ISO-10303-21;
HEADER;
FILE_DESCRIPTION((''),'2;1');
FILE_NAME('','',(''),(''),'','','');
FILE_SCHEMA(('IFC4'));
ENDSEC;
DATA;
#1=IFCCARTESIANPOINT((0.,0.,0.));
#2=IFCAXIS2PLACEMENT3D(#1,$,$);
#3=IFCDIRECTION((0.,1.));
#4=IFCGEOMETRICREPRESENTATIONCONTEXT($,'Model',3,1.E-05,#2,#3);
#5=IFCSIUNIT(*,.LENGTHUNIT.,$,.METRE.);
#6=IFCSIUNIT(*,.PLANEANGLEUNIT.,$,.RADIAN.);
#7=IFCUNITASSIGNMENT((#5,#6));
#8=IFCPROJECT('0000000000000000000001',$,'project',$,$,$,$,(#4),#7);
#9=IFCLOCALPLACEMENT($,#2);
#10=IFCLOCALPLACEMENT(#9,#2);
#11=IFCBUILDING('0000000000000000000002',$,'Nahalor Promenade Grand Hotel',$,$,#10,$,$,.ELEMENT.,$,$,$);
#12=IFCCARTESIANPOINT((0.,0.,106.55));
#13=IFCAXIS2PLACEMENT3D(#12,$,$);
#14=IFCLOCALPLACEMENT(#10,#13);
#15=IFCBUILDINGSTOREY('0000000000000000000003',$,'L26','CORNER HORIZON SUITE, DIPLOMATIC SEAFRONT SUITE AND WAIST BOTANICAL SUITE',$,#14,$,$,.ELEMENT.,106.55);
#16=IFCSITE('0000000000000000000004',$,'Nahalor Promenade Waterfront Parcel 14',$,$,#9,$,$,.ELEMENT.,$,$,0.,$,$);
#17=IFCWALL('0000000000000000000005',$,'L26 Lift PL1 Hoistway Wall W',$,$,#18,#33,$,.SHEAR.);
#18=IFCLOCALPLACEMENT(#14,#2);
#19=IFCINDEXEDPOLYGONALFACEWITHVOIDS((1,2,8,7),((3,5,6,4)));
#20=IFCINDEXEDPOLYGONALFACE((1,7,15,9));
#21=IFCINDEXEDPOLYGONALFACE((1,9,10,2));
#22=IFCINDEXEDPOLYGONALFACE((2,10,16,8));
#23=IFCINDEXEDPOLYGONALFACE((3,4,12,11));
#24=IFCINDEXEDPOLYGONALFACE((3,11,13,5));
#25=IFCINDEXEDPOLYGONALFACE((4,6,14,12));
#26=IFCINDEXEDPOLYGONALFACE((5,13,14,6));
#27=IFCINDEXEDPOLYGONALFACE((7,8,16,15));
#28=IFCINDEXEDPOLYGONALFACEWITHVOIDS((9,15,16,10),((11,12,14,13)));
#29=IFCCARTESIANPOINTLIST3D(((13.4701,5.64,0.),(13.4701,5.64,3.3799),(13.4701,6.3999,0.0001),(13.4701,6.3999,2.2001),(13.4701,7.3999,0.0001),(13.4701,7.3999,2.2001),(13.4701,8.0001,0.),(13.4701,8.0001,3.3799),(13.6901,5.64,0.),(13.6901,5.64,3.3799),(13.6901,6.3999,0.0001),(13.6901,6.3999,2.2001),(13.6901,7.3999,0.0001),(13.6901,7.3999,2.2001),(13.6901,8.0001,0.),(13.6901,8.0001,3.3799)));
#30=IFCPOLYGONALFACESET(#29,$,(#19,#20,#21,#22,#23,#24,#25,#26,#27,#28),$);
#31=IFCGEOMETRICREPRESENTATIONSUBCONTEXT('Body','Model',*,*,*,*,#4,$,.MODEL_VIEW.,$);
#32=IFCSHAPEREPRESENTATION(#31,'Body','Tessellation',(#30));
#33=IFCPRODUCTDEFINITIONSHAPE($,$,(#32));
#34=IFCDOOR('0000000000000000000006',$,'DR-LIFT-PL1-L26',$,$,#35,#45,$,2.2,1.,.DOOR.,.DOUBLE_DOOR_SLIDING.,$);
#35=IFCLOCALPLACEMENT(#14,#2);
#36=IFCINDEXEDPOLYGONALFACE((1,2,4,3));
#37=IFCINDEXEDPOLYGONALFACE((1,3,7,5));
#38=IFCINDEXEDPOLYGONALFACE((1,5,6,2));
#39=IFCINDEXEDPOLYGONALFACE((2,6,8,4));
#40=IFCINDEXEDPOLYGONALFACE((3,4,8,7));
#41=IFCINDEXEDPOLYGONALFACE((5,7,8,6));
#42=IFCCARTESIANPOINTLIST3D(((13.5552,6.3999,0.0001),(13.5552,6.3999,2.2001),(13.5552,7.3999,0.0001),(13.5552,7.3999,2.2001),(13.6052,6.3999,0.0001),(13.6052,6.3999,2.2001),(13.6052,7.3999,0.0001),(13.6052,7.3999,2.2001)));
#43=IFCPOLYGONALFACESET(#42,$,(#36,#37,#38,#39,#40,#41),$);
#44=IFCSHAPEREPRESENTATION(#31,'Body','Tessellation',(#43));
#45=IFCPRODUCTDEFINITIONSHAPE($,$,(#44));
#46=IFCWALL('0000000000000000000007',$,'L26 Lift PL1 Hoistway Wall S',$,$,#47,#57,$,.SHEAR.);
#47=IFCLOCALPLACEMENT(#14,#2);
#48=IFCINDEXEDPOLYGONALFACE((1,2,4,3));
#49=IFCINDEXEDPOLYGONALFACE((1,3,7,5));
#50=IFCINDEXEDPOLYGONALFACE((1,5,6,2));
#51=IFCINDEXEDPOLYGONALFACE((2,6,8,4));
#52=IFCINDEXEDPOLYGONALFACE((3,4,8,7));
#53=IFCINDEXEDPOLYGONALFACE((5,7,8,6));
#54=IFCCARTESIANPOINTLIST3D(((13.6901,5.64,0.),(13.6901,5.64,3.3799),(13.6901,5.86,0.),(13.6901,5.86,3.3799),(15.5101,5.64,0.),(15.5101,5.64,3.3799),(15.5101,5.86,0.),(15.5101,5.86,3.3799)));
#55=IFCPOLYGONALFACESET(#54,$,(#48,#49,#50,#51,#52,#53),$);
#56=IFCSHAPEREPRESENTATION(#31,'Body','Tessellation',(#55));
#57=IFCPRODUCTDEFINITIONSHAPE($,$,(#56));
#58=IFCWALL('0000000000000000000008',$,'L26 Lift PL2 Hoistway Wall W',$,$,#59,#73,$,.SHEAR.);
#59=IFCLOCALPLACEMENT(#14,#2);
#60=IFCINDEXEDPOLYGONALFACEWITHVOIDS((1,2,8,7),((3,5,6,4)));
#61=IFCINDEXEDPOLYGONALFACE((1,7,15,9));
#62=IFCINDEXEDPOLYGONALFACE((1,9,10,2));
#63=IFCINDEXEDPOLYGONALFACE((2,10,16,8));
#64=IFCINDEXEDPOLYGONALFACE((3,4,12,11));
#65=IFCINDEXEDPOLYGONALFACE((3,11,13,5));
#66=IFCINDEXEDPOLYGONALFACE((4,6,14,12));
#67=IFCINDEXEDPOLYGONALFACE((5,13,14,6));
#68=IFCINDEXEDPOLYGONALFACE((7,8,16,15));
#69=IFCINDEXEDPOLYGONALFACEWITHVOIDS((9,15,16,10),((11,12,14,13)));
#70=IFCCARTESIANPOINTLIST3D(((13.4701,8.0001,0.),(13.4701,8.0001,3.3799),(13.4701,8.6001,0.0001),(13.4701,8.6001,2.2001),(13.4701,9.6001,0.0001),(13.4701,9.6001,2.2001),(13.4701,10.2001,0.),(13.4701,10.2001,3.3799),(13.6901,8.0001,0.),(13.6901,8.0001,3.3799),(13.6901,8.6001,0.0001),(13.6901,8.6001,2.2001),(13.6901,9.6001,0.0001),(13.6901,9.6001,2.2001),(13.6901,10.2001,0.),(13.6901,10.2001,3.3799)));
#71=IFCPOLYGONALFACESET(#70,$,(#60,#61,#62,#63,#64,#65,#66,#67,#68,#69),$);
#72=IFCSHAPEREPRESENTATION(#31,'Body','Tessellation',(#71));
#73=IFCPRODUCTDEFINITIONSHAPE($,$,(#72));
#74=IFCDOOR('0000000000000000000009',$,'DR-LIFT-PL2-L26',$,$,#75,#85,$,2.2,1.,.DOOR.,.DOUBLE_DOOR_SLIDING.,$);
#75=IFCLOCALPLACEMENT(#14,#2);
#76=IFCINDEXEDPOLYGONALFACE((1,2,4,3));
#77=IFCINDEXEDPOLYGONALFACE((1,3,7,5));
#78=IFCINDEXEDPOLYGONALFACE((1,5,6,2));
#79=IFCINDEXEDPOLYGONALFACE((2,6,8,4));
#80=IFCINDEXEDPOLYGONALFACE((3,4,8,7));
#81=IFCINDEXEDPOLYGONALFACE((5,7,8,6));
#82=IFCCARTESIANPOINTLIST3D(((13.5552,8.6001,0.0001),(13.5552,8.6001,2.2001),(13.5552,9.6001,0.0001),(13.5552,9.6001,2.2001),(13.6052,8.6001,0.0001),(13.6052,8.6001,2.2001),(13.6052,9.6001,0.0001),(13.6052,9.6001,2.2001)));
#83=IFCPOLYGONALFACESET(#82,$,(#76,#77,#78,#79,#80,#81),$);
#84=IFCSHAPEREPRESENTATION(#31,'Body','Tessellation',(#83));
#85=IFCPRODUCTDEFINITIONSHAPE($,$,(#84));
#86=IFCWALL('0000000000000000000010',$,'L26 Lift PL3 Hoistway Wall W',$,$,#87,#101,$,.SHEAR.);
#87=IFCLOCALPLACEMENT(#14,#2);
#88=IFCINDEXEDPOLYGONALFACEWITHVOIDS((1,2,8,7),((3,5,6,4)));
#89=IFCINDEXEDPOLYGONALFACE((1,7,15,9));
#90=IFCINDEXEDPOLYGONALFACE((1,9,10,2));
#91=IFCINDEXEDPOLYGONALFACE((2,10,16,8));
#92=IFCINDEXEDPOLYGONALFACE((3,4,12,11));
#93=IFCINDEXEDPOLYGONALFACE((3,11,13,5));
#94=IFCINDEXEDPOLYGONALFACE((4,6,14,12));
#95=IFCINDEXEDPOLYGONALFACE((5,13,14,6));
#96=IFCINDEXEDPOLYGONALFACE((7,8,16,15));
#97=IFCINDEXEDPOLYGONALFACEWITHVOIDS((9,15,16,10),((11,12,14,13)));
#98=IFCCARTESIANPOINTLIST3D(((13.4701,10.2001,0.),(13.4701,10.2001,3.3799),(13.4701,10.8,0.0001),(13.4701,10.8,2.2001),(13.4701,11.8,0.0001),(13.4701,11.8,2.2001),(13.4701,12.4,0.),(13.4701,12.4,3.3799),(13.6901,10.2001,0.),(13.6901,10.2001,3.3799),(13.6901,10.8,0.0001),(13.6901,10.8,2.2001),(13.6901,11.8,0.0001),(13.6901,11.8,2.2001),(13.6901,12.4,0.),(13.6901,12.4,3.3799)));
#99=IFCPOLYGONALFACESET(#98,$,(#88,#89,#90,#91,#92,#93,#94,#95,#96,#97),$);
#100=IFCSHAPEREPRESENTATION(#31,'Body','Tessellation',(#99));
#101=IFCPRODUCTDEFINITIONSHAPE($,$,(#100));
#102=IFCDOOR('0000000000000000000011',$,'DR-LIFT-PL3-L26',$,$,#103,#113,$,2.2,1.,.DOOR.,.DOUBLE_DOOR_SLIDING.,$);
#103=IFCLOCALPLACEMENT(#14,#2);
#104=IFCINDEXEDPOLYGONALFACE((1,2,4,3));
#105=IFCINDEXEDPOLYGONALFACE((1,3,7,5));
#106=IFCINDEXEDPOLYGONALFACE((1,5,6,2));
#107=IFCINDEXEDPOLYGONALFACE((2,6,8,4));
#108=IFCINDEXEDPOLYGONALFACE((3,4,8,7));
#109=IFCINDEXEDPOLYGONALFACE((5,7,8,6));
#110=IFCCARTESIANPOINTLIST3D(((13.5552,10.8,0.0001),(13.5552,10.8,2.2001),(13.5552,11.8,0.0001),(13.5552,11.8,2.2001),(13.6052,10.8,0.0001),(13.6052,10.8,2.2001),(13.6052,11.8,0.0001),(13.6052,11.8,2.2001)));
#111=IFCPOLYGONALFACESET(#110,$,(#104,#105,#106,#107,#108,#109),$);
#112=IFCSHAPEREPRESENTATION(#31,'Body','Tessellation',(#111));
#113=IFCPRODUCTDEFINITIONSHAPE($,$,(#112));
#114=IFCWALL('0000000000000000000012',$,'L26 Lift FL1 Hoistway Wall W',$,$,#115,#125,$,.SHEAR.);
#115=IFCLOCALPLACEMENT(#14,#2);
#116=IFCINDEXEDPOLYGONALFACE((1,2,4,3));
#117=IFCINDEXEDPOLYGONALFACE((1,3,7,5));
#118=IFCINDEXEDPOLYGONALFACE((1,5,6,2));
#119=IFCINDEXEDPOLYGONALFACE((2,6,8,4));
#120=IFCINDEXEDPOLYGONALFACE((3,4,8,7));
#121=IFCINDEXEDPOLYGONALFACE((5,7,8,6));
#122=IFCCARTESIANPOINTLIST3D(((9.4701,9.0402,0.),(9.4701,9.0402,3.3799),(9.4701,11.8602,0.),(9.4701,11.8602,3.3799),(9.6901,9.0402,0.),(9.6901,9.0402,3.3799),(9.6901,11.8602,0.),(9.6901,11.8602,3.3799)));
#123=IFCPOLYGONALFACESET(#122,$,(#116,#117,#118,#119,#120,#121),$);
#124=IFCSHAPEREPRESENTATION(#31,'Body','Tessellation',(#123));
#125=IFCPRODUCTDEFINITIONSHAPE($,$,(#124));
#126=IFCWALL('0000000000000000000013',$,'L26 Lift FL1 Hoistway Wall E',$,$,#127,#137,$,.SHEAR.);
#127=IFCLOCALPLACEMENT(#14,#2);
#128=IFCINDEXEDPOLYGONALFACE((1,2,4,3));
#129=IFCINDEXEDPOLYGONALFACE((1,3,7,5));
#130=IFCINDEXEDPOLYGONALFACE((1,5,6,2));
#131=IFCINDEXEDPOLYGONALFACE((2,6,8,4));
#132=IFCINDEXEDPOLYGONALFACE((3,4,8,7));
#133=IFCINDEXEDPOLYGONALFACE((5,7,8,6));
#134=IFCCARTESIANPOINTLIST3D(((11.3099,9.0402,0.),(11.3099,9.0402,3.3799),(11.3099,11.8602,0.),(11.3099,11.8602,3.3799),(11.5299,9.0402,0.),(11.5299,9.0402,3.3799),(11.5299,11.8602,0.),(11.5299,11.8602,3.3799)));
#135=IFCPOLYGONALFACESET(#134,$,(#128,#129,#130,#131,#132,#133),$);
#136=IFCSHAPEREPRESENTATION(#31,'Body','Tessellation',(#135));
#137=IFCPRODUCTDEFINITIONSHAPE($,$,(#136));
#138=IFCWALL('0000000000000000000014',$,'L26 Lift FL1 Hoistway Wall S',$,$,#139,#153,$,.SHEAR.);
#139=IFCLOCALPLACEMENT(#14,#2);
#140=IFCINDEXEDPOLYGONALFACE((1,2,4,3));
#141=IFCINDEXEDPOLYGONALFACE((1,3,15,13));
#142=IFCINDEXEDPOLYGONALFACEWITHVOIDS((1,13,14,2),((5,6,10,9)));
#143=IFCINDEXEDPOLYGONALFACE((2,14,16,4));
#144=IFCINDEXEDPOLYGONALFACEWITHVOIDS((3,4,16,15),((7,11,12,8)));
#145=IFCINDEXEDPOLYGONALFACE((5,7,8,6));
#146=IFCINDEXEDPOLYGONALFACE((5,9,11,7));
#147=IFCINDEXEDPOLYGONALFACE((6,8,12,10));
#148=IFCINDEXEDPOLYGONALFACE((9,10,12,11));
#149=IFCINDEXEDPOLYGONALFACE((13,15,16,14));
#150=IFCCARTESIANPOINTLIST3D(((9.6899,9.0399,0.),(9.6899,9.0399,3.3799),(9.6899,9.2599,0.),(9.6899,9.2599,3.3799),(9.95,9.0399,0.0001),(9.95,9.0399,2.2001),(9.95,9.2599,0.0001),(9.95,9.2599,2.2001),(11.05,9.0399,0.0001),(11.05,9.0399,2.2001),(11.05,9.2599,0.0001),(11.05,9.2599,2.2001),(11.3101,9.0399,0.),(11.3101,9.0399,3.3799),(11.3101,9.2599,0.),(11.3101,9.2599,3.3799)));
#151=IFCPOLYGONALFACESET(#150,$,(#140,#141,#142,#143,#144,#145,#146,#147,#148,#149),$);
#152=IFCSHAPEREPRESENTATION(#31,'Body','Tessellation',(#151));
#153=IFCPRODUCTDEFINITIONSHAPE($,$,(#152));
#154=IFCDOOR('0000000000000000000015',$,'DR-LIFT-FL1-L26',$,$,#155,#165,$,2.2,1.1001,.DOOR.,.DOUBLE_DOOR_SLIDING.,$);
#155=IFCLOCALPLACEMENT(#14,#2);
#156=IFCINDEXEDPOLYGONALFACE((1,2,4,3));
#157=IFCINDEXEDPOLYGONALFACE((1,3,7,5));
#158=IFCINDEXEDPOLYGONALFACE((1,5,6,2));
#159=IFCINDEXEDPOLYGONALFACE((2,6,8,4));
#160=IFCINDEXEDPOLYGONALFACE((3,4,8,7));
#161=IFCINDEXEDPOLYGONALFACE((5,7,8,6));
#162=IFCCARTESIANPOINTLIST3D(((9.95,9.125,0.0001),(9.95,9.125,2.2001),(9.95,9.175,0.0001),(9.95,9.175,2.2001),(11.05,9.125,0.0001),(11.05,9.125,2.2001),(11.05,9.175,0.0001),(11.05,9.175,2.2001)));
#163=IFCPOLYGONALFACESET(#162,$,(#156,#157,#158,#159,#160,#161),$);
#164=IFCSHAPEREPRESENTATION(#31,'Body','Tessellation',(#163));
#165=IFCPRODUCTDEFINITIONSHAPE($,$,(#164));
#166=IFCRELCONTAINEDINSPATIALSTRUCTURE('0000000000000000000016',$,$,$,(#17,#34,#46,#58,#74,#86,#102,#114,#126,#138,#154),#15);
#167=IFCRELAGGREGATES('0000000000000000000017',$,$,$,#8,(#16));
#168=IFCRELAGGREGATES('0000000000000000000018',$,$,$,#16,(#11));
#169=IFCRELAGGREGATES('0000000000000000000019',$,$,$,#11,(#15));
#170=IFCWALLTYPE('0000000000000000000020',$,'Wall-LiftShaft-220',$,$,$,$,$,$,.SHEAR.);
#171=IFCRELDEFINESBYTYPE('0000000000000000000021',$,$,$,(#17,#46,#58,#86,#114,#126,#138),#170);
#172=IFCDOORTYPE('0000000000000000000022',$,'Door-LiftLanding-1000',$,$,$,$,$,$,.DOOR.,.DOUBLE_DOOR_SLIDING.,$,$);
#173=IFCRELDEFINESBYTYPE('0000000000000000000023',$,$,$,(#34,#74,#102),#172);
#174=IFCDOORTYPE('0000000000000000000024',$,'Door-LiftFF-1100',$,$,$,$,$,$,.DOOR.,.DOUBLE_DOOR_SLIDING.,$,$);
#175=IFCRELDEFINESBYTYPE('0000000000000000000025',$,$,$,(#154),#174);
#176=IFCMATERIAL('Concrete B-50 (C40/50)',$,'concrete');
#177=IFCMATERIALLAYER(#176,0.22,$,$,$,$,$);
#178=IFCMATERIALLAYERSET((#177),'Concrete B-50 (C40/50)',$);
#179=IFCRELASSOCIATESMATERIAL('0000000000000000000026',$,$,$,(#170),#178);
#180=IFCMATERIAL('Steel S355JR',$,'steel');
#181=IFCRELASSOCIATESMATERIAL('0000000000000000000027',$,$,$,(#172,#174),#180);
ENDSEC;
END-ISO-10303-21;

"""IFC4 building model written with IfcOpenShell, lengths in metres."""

from ifc_helpers import new_model, si_unit, direction, frame, frame_2d, origin, place, context, subcontext, project, spatial, rectangle, extrude, source, transform, mapped, material, layer, layer_set, type_object, element, fill, save


model = new_model("IFC4")

# Units and contexts
model_context = context("Model", 3, precision=1e-05, world=origin(), true_north=direction((0.0, 1.0)))
body_context = subcontext(model_context, "Body", "Model", "MODEL_VIEW")
ifc_project = project(units=[si_unit("LENGTHUNIT", "METRE"), si_unit("PLANEANGLEUNIT", "RADIAN")], contexts=[model_context])

# Site, building, storey
site_placement = place(None, origin())
site = spatial("IfcSite", under=ifc_project, at=site_placement, Name="Nahalor Promenade Waterfront Parcel 14", CompositionType="ELEMENT", RefElevation=0.0)
building_placement = place(site_placement, origin())
building = spatial("IfcBuilding", under=site, at=building_placement, Name="Nahalor Promenade Grand Hotel", CompositionType="ELEMENT")
storey_placement = place(building_placement, frame((0.0, 0.0, 106.55)))
storey = spatial("IfcBuildingStorey", under=building, at=storey_placement, Name="L26", Description="CORNER HORIZON SUITE, DIPLOMATIC SEAFRONT SUITE AND WAIST BOTANICAL SUITE", CompositionType="ELEMENT", Elevation=106.55)

# Shared definitions
ifc_material_1 = material(Name="Steel S355JR", Category="steel")

# Shared definitions
ifc_material_2 = material(Name="Concrete B-50 (C40/50)", Category="concrete")

# Shared definitions
ifc_layer_1 = layer(ifc_material_2, 0.22)
ifc_layer_set_1 = layer_set([ifc_layer_1], Name="Concrete B-50 (C40/50)")
wall_type_1 = type_object("IfcWallType", Name="Wall-LiftShaft-220", PredefinedType="SHEAR", material=ifc_layer_set_1)

# Wall, opening, door
shared_shape_1 = source(origin(), body_context, "Body", "SweptSolid", [
    extrude(rectangle(XDim=2.3601, YDim=0.22, at=frame_2d((1.1802, 0.0))), origin(), (0.0, 0.0, 1.0), 3.3799),
])
wall_1_placement = place(storey_placement, frame((13.5801, 5.6399, 0.0), z_axis=(0.0, 0.0, 1.0), x_axis=(0.0, 1.0, 0.0)))
wall_1 = element("IfcWall", 1, at=wall_1_placement, inside=storey, type_object=wall_type_1, Name="L26 Lift PL1 Hoistway Wall W", PredefinedType="SHEAR", context=body_context, shape_type="MappedRepresentation", body=[
    mapped(shared_shape_1, transform((0.0, 0.0, 0.0), scale=1.0)),
])
opening_1_placement = place(wall_1_placement, frame((0.76, 0.0, 0.0)))
opening_1 = element("IfcOpeningElement", 2, at=opening_1_placement, cuts=wall_1, PredefinedType="OPENING", context=body_context, shape_type="SweptSolid", body=[
    extrude(rectangle(XDim=1.0, YDim=2.2, at=frame_2d((0.5, 1.1001))), frame((0.0, 0.1199, 0.0), z_axis=(0.0, -1.0, 0.0), x_axis=(1.0, 0.0, 0.0)), (0.0, 0.0, 1.0), 0.24),
])
door_type_1 = type_object("IfcDoorType", Name="Door-LiftLanding-1000", OperationType="DOUBLE_DOOR_SLIDING", PredefinedType="DOOR", material=ifc_material_1)
shared_shape_2 = source(origin(), body_context, "Body", "SweptSolid", [
    extrude(rectangle(XDim=1.0, YDim=2.2, at=frame_2d((0.5, 1.1001))), frame((0.0, 0.0249, 0.0), z_axis=(0.0, -1.0, 0.0), x_axis=(1.0, 0.0, 0.0)), (0.0, 0.0, 1.0), 0.05),
])
door_1_placement = place(opening_1_placement, origin())
door_1 = element("IfcDoor", 3, at=door_1_placement, inside=storey, type_object=door_type_1, Name="DR-LIFT-PL1-L26", OperationType="DOUBLE_DOOR_SLIDING", OverallHeight=2.2, OverallWidth=1.0, PredefinedType="DOOR", context=body_context, shape_type="MappedRepresentation", body=[
    mapped(shared_shape_2, transform((0.0, 0.0, 0.0), scale=1.0)),
])
fill(opening_1, door_1)

# Wall
shared_shape_3 = source(origin(), body_context, "Body", "SweptSolid", [
    extrude(rectangle(XDim=1.8201, YDim=0.22, at=frame_2d((0.9102, 0.0))), origin(), (0.0, 0.0, 1.0), 3.3799),
])
wall_2_placement = place(storey_placement, frame((13.6899, 5.75, 0.0), z_axis=(0.0, 0.0, 1.0), x_axis=(1.0, 0.0, 0.0)))
element("IfcWall", 4, at=wall_2_placement, inside=storey, type_object=wall_type_1, Name="L26 Lift PL1 Hoistway Wall S", PredefinedType="SHEAR", context=body_context, shape_type="MappedRepresentation", body=[
    mapped(shared_shape_3, transform((0.0, 0.0, 0.0), scale=1.0)),
])

# Walls, openings, doors
shared_shape_4 = source(origin(), body_context, "Body", "SweptSolid", [
    extrude(rectangle(XDim=2.2, YDim=0.22, at=frame_2d((1.1001, 0.0))), origin(), (0.0, 0.0, 1.0), 3.3799),
])
wall_3_placement = place(storey_placement, frame((13.5801, 8.0, 0.0), z_axis=(0.0, 0.0, 1.0), x_axis=(0.0, 1.0, 0.0)))
wall_3 = element("IfcWall", 5, at=wall_3_placement, inside=storey, type_object=wall_type_1, Name="L26 Lift PL2 Hoistway Wall W", PredefinedType="SHEAR", context=body_context, shape_type="MappedRepresentation", body=[
    mapped(shared_shape_4, transform((0.0, 0.0, 0.0), scale=1.0)),
])
opening_2_placement = place(wall_3_placement, frame((0.6001, 0.0, 0.0)))
opening_2 = element("IfcOpeningElement", 6, at=opening_2_placement, cuts=wall_3, PredefinedType="OPENING", context=body_context, shape_type="SweptSolid", body=[
    extrude(rectangle(XDim=1.0, YDim=2.2, at=frame_2d((0.5, 1.1001))), frame((0.0, 0.1199, 0.0), z_axis=(0.0, -1.0, 0.0), x_axis=(1.0, 0.0, 0.0)), (0.0, 0.0, 1.0), 0.24),
])
door_2_placement = place(opening_2_placement, origin())
door_2 = element("IfcDoor", 7, at=door_2_placement, inside=storey, type_object=door_type_1, Name="DR-LIFT-PL2-L26", OperationType="DOUBLE_DOOR_SLIDING", OverallHeight=2.2, OverallWidth=1.0, PredefinedType="DOOR", context=body_context, shape_type="MappedRepresentation", body=[
    mapped(shared_shape_2, transform((0.0, 0.0, 0.0), scale=1.0)),
])
fill(opening_2, door_2)
wall_4_placement = place(storey_placement, frame((13.5801, 10.2, 0.0), z_axis=(0.0, 0.0, 1.0), x_axis=(0.0, 1.0, 0.0)))
wall_4 = element("IfcWall", 8, at=wall_4_placement, inside=storey, type_object=wall_type_1, Name="L26 Lift PL3 Hoistway Wall W", PredefinedType="SHEAR", context=body_context, shape_type="MappedRepresentation", body=[
    mapped(shared_shape_4, transform((0.0, 0.0, 0.0), scale=1.0)),
])
opening_3_placement = place(wall_4_placement, frame((0.6001, 0.0, 0.0)))
opening_3 = element("IfcOpeningElement", 9, at=opening_3_placement, cuts=wall_4, PredefinedType="OPENING", context=body_context, shape_type="SweptSolid", body=[
    extrude(rectangle(XDim=1.0, YDim=2.2, at=frame_2d((0.5, 1.1001))), frame((0.0, 0.1199, 0.0), z_axis=(0.0, -1.0, 0.0), x_axis=(1.0, 0.0, 0.0)), (0.0, 0.0, 1.0), 0.24),
])
door_3_placement = place(opening_3_placement, origin())
door_3 = element("IfcDoor", 10, at=door_3_placement, inside=storey, type_object=door_type_1, Name="DR-LIFT-PL3-L26", OperationType="DOUBLE_DOOR_SLIDING", OverallHeight=2.2, OverallWidth=1.0, PredefinedType="DOOR", context=body_context, shape_type="MappedRepresentation", body=[
    mapped(shared_shape_2, transform((0.0, 0.0, 0.0), scale=1.0)),
])
fill(opening_3, door_3)

# Walls
shared_shape_5 = source(origin(), body_context, "Body", "SweptSolid", [
    extrude(rectangle(XDim=2.8201, YDim=0.22, at=frame_2d((1.4102, 0.0))), origin(), (0.0, 0.0, 1.0), 3.3799),
])
for number, where, z_axis, x_axis, name in (
    (11, (9.5801, 9.04, 0.0), (0.0, 0.0, 1.0), (0.0, 1.0, 0.0), "L26 Lift FL1 Hoistway Wall W"),
    (12, (11.4199, 9.04, 0.0), (0.0, 0.0, 1.0), (0.0, 1.0, 0.0), "L26 Lift FL1 Hoistway Wall E"),
):
    element("IfcWall", number, at=place(storey_placement, frame(where, z_axis=z_axis, x_axis=x_axis)), inside=storey, type_object=wall_type_1, Name=name, PredefinedType="SHEAR", context=body_context, shape_type="MappedRepresentation", body=[
        mapped(shared_shape_5, transform((0.0, 0.0, 0.0), scale=1.0)),
    ])

# Wall, opening, door
shared_shape_6 = source(origin(), body_context, "Body", "SweptSolid", [
    extrude(rectangle(XDim=1.6201, YDim=0.22, at=frame_2d((0.8101, 0.0))), origin(), (0.0, 0.0, 1.0), 3.3799),
])
wall_5_placement = place(storey_placement, frame((9.6899, 9.1499, 0.0), z_axis=(0.0, 0.0, 1.0), x_axis=(1.0, 0.0, 0.0)))
wall_5 = element("IfcWall", 13, at=wall_5_placement, inside=storey, type_object=wall_type_1, Name="L26 Lift FL1 Hoistway Wall S", PredefinedType="SHEAR", context=body_context, shape_type="MappedRepresentation", body=[
    mapped(shared_shape_6, transform((0.0, 0.0, 0.0), scale=1.0)),
])
opening_4_placement = place(wall_5_placement, frame((0.26, 0.0, 0.0)))
opening_4 = element("IfcOpeningElement", 14, at=opening_4_placement, cuts=wall_5, PredefinedType="OPENING", context=body_context, shape_type="SweptSolid", body=[
    extrude(rectangle(XDim=1.1001, YDim=2.2, at=frame_2d((0.55, 1.1001))), frame((0.0, 0.1199, 0.0), z_axis=(0.0, -1.0, 0.0), x_axis=(1.0, 0.0, 0.0)), (0.0, 0.0, 1.0), 0.24),
])
door_type_2 = type_object("IfcDoorType", Name="Door-LiftFF-1100", OperationType="DOUBLE_DOOR_SLIDING", PredefinedType="DOOR", material=ifc_material_1)
shared_shape_7 = source(origin(), body_context, "Body", "SweptSolid", [
    extrude(rectangle(XDim=1.1001, YDim=2.2, at=frame_2d((0.55, 1.1001))), frame((0.0, 0.0249, 0.0), z_axis=(0.0, -1.0, 0.0), x_axis=(1.0, 0.0, 0.0)), (0.0, 0.0, 1.0), 0.05),
])
door_4_placement = place(opening_4_placement, frame((1.1001, 0.0, 0.0), z_axis=(0.0, 0.0, 1.0), x_axis=(-1.0, 0.0, 0.0)))
door_4 = element("IfcDoor", 15, at=door_4_placement, inside=storey, type_object=door_type_2, Name="DR-LIFT-FL1-L26", OperationType="DOUBLE_DOOR_SLIDING", OverallHeight=2.2, OverallWidth=1.1001, PredefinedType="DOOR", context=body_context, shape_type="MappedRepresentation", body=[
    mapped(shared_shape_7, transform((0.0, 0.0, 0.0), scale=1.0)),
])
fill(opening_4, door_4)

save(model, "model.ifc")
